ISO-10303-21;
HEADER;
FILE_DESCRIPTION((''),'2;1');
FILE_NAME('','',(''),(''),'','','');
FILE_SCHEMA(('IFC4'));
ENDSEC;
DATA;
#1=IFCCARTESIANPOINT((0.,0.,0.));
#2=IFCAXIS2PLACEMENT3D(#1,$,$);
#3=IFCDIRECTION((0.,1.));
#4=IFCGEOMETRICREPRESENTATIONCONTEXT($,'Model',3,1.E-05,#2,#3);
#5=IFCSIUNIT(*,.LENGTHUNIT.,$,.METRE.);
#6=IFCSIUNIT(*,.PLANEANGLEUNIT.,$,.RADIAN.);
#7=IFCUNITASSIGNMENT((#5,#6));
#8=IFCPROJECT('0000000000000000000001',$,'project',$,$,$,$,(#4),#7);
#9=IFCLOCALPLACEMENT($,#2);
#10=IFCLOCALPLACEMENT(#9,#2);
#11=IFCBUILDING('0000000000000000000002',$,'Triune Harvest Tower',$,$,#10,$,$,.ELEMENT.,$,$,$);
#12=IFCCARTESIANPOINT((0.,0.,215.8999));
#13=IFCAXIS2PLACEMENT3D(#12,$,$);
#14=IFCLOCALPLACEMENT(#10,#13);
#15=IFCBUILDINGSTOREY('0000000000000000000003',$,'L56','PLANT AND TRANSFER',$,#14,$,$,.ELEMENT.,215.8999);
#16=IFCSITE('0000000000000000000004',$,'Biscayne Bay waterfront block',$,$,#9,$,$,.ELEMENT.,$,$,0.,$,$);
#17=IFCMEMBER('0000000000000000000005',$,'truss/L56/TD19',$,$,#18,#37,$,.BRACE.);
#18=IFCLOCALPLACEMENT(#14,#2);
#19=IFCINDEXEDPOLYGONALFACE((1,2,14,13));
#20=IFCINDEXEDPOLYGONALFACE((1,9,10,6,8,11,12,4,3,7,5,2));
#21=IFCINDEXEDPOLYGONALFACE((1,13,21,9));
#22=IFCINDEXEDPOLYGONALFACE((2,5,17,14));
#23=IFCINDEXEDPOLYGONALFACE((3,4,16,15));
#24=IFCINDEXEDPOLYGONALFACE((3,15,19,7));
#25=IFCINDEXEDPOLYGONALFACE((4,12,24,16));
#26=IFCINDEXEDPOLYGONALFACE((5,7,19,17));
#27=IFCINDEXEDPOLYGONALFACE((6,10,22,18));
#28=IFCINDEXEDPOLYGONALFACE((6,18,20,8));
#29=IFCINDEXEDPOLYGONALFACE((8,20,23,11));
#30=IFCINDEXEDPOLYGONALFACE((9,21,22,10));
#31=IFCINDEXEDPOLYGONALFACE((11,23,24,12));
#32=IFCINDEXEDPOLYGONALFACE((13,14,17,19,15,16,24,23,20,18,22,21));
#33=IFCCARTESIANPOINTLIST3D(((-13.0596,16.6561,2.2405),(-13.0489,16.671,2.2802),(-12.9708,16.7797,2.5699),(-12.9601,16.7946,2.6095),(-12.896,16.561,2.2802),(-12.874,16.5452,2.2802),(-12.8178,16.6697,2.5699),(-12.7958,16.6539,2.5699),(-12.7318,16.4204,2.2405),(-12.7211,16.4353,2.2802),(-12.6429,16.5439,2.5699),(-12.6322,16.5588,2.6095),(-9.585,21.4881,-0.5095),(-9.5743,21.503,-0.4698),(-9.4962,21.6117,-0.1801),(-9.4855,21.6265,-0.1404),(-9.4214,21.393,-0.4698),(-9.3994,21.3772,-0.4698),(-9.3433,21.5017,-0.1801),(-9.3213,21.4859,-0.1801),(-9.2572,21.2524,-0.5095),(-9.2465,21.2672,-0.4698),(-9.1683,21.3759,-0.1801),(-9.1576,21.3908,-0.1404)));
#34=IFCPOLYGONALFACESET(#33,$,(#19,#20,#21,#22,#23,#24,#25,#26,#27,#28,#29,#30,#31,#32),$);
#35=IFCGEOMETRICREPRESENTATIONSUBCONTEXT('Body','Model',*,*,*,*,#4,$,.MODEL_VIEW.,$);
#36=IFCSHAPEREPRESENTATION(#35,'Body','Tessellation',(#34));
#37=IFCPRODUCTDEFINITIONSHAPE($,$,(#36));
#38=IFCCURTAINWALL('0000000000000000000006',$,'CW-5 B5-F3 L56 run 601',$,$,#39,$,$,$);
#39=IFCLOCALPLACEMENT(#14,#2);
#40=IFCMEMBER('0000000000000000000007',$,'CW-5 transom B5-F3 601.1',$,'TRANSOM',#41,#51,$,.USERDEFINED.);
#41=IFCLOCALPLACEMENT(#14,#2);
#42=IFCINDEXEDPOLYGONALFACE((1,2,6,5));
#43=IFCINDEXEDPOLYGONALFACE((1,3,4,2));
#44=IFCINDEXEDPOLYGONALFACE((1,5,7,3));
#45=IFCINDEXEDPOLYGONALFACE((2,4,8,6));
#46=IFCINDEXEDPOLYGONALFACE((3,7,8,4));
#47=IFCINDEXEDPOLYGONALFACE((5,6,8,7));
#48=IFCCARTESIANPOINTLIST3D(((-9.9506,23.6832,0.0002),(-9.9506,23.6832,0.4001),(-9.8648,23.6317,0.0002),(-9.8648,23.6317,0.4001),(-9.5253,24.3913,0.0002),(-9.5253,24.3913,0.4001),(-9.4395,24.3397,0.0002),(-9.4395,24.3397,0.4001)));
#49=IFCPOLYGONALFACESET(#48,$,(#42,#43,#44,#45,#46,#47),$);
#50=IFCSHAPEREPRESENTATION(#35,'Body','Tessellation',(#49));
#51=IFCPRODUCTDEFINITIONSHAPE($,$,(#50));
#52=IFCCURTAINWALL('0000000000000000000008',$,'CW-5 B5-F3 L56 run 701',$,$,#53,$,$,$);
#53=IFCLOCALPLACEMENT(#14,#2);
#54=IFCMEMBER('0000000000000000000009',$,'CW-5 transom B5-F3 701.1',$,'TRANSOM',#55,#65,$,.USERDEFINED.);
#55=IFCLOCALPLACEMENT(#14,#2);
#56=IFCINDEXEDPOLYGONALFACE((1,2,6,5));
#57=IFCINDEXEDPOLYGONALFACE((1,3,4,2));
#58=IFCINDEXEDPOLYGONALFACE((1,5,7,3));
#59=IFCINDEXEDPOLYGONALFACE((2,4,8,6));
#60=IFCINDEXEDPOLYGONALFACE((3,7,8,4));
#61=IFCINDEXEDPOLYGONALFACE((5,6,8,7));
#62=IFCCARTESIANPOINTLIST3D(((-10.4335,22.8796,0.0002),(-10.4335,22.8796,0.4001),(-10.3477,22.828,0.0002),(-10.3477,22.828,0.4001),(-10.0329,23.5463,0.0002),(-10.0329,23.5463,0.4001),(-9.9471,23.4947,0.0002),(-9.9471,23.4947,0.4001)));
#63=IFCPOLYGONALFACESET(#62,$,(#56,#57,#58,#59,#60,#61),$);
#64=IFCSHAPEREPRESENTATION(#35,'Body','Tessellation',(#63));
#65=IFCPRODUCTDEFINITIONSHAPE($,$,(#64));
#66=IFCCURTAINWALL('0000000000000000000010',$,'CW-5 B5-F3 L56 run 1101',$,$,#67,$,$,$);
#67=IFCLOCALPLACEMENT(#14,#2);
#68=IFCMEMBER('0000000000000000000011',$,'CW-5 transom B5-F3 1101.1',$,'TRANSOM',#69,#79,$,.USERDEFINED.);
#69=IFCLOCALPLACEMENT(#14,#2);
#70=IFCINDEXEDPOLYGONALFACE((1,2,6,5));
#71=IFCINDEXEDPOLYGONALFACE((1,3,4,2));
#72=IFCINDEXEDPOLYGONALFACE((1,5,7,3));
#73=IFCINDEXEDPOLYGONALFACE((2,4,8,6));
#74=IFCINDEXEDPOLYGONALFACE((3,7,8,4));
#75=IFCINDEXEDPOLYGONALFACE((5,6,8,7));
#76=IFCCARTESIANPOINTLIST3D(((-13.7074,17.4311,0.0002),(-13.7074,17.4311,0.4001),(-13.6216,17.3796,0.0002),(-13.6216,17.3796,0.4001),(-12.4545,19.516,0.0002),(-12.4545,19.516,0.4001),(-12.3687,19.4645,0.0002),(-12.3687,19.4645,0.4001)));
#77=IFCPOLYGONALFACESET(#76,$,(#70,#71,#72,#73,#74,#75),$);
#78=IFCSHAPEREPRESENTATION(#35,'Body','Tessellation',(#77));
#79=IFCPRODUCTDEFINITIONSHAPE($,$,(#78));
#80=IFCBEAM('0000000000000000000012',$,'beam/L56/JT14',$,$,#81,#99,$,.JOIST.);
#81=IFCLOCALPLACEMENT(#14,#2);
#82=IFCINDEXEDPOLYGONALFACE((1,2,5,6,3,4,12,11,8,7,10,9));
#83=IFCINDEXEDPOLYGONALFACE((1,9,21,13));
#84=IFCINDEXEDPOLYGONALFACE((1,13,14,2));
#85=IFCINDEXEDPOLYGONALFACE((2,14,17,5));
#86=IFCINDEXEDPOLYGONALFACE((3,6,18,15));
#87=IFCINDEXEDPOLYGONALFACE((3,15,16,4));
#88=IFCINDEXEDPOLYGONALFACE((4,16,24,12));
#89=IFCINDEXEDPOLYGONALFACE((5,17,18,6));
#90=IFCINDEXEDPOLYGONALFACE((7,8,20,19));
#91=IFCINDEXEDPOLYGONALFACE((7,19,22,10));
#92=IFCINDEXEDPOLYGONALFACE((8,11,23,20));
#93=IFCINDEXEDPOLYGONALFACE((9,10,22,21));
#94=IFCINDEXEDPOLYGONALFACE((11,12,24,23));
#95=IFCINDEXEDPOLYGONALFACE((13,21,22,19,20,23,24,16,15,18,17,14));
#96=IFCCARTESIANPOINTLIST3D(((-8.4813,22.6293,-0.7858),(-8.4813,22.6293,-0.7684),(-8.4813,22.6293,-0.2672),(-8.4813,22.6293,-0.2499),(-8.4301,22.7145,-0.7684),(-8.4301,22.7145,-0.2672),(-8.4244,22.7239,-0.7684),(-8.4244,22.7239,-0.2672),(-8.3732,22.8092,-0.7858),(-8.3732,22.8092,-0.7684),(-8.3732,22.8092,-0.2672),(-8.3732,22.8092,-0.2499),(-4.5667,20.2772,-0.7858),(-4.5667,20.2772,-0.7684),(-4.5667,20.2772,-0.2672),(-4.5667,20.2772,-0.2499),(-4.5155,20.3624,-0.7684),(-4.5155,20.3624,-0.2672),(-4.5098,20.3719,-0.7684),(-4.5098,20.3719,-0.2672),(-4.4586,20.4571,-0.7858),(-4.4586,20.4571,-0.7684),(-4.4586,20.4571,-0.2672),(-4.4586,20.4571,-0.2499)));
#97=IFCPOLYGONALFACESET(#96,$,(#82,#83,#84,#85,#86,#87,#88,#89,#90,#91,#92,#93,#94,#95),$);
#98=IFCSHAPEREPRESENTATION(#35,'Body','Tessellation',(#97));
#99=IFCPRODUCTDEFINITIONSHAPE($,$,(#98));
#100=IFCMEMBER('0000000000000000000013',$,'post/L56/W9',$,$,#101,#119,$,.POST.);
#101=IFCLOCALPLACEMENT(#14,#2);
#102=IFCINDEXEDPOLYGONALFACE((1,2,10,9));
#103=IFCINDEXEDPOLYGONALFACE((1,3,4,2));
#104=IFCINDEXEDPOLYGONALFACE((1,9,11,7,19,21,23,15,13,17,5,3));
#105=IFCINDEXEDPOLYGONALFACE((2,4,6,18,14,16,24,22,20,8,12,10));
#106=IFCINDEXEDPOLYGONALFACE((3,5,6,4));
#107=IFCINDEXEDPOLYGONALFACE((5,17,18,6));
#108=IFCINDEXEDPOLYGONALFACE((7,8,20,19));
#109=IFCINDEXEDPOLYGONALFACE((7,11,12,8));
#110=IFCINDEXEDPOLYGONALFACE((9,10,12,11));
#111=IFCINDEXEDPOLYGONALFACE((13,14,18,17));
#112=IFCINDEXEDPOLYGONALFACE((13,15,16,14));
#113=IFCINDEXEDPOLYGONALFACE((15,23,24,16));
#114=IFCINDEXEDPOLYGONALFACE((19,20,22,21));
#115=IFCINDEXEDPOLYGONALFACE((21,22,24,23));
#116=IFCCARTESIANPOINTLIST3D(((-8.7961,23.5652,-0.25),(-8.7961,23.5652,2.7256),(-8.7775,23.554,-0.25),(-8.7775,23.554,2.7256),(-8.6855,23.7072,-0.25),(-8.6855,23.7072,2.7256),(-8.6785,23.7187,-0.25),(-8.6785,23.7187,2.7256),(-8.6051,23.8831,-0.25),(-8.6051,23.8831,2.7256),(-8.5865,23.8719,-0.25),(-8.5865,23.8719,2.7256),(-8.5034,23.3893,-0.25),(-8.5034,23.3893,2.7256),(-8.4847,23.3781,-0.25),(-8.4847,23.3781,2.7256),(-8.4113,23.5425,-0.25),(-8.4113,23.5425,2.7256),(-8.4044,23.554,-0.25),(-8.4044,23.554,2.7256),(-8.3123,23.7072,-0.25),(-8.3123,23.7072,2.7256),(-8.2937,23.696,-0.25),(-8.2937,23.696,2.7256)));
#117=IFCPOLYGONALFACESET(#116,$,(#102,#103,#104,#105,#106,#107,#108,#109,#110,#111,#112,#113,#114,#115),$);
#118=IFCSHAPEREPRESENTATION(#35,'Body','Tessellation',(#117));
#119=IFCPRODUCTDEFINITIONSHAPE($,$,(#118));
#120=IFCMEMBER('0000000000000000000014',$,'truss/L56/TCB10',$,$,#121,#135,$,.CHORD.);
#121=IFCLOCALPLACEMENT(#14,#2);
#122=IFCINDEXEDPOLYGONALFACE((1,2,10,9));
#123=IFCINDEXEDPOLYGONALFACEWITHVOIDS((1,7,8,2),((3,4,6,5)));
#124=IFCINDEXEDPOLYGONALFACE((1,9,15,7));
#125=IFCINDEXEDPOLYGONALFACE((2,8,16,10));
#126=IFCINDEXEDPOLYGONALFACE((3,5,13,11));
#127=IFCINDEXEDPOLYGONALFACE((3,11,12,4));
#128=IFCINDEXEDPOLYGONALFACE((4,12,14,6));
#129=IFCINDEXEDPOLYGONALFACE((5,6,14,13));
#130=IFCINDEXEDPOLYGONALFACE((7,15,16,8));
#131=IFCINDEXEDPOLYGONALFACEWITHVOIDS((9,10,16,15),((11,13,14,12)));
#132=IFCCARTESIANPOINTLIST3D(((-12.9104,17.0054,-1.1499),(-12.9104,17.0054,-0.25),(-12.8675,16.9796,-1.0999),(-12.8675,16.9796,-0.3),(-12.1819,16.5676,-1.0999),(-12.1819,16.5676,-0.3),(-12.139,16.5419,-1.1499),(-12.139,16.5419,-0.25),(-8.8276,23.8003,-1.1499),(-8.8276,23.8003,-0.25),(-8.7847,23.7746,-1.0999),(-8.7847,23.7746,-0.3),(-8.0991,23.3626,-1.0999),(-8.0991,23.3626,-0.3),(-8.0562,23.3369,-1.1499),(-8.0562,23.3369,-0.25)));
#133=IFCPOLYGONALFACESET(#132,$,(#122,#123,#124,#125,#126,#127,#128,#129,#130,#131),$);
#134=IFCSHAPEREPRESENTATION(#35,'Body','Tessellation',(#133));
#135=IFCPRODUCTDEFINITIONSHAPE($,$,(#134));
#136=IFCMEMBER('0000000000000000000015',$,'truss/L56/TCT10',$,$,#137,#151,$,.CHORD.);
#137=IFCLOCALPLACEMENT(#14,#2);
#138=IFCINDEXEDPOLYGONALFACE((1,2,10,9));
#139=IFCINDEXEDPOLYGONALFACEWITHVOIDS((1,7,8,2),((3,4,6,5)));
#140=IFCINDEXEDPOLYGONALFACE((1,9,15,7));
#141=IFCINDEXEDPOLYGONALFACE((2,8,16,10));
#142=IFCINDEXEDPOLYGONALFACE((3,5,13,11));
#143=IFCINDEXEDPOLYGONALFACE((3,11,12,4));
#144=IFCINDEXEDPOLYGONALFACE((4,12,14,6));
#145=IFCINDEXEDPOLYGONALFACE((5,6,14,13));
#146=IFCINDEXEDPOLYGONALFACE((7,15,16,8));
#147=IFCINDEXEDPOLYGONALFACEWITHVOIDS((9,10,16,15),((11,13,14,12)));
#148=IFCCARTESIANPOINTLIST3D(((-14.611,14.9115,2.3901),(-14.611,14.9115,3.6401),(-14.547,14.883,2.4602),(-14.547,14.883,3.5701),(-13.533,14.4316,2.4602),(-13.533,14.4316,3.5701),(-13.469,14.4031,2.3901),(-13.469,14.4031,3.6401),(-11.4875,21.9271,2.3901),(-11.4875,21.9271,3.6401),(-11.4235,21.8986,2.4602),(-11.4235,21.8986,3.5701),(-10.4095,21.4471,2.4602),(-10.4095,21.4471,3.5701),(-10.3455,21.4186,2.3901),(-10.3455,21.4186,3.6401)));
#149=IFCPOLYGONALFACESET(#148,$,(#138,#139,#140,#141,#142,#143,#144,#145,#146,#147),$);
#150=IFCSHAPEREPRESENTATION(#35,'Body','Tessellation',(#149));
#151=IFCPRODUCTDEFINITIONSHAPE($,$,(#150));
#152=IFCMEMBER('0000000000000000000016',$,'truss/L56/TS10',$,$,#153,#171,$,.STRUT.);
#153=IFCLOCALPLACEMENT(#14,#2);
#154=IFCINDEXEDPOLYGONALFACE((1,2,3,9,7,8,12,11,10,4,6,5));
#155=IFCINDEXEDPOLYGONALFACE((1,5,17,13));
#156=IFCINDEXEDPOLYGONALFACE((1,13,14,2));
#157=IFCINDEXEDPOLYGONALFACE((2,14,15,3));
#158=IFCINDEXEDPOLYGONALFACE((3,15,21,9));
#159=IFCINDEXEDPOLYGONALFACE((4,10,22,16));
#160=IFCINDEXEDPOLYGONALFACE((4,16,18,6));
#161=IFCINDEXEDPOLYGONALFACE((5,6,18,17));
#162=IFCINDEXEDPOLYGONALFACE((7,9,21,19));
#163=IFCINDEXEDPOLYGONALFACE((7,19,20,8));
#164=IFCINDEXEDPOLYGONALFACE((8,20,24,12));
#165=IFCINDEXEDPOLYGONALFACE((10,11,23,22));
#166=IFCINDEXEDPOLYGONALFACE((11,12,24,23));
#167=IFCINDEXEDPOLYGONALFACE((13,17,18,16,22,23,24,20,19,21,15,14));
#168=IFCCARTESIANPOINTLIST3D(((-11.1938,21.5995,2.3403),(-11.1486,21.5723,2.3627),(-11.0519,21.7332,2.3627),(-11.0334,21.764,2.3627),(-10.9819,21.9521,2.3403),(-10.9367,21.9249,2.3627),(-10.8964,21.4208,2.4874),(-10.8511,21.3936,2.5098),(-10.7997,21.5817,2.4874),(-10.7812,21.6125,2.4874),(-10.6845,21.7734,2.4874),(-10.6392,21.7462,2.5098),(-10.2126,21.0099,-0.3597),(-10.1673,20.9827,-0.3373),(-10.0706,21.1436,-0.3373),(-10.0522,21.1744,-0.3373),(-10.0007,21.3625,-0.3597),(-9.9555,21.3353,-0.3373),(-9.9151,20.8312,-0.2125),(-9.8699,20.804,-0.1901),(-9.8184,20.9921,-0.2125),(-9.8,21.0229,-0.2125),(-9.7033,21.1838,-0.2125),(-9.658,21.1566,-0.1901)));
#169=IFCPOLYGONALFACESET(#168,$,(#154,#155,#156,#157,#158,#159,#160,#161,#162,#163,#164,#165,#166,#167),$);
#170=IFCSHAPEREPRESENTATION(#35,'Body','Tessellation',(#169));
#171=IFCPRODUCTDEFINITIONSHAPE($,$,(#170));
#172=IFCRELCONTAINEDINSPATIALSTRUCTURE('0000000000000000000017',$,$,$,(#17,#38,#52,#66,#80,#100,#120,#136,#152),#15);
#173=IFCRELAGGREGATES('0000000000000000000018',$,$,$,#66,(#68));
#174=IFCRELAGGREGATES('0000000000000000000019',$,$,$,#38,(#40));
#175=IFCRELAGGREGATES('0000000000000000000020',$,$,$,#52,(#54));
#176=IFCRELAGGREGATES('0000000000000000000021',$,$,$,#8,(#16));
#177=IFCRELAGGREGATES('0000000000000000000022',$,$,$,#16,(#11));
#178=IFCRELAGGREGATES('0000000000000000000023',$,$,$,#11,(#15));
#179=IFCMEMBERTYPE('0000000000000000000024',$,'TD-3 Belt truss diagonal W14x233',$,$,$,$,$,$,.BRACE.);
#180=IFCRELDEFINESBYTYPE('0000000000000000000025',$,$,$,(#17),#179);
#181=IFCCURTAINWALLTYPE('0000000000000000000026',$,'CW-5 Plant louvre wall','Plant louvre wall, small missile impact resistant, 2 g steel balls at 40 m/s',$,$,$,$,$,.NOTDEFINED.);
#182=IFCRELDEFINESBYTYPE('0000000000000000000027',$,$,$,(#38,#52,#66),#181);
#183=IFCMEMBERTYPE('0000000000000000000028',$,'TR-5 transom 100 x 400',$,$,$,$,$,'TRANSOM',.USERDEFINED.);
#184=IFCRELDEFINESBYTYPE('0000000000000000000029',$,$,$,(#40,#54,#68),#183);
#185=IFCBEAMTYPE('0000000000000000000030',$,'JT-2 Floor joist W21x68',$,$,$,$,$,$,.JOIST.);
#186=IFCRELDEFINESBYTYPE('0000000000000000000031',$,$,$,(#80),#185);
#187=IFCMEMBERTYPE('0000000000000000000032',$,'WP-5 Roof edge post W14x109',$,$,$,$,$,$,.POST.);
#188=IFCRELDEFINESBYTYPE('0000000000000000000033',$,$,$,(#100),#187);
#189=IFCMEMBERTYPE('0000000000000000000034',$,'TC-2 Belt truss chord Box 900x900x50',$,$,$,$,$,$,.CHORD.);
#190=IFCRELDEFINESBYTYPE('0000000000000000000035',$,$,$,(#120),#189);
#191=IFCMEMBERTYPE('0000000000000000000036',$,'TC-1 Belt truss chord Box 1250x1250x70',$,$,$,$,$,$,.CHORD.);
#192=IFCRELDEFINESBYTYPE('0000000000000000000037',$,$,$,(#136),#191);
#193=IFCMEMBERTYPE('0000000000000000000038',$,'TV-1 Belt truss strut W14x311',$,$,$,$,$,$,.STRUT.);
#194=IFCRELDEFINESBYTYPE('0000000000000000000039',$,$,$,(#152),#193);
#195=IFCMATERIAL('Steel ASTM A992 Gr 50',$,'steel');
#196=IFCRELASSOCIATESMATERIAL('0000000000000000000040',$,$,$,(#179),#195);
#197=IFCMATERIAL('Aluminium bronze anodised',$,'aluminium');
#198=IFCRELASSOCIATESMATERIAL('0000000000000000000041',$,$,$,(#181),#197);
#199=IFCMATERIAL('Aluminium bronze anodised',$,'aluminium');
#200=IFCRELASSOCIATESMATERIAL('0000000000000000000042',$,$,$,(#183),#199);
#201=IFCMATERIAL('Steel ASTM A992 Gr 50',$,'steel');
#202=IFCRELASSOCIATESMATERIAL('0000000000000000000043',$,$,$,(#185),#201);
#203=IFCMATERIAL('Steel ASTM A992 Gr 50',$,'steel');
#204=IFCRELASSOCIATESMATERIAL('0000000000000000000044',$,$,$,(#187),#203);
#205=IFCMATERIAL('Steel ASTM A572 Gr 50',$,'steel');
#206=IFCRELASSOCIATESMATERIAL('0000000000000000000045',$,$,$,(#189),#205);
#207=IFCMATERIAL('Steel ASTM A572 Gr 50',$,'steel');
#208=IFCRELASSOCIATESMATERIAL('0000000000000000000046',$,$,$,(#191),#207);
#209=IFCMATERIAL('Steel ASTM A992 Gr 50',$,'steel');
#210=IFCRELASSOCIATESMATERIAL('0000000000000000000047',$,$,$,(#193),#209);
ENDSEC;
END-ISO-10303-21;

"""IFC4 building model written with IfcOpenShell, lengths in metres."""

from ifc_helpers import new_model, si_unit, direction, frame, origin, origin_2d, place, context, subcontext, project, spatial, rectangle, hollow_rectangle, i_section, extrude, source, transform, mapped, material, material_profile, profile_set, type_object, element, aggregate, save


model = new_model("IFC4")

# Units and contexts
model_context = context("Model", 3, precision=1e-05, world=origin(), true_north=direction((0.0, 1.0)))
body_context = subcontext(model_context, "Body", "Model", "MODEL_VIEW")
ifc_project = project(units=[si_unit("LENGTHUNIT", "METRE"), si_unit("PLANEANGLEUNIT", "RADIAN")], contexts=[model_context])

# Site, building, storey
site_placement = place(None, origin())
site = spatial("IfcSite", under=ifc_project, at=site_placement, Name="Biscayne Bay waterfront block", CompositionType="ELEMENT", RefElevation=0.0)
building_placement = place(site_placement, origin())
building = spatial("IfcBuilding", under=site, at=building_placement, Name="Triune Harvest Tower", CompositionType="ELEMENT")
storey_placement = place(building_placement, frame((0.0, 0.0, 215.8999)))
storey = spatial("IfcBuildingStorey", under=building, at=storey_placement, Name="L56", Description="PLANT AND TRANSFER", CompositionType="ELEMENT", Elevation=215.8999)

# Member
ifc_material_1 = material(Name="Steel ASTM A992 Gr 50", Category="steel")
ifc_material_profile_1 = material_profile(ifc_material_1, i_section(OverallWidth=0.4038, OverallDepth=0.4065, WebThickness=0.0271, FlangeThickness=0.0437, at=origin_2d()), Name="W14x233")
ifc_profile_set_1 = profile_set([ifc_material_profile_1], Name="Steel ASTM A992 Gr 50")
member_type_1 = type_object("IfcMemberType", Name="TD-3 Belt truss diagonal W14x233", PredefinedType="BRACE", material=ifc_profile_set_1)
member_1_placement = place(storey_placement, frame((-9.3713, 21.4395, -0.325), z_axis=(-0.529972, -0.737016, 0.419449), x_axis=(0.811889, -0.583812, 0.0)))
element("IfcMember", 1, at=member_1_placement, inside=storey, type_object=member_type_1, Name="truss/L56/TD19", PredefinedType="BRACE", context=body_context, shape_type="SweptSolid", body=[
    extrude(i_section(OverallWidth=0.4038, OverallDepth=0.4065, WebThickness=0.0271, FlangeThickness=0.0437, at=origin_2d()), origin(), (0.0, 0.0, 1.0), 6.5562),
])

# Curtain walls, members
ifc_material_2 = material(Name="Aluminium bronze anodised", Category="aluminium")
curtain_wall_type = type_object("IfcCurtainWallType", Name="CW-5 Plant louvre wall", Description="Plant louvre wall, small missile impact resistant, 2 g steel balls at 40 m/s", PredefinedType="NOTDEFINED", material=ifc_material_2)
curtain_wall_1_placement = place(storey_placement, origin())
curtain_wall_1 = element("IfcCurtainWall", 2, at=curtain_wall_1_placement, inside=storey, type_object=curtain_wall_type, Name="CW-5 B5-F3 L56 run 601")
ifc_material_3 = material(Name="Aluminium bronze anodised", Category="aluminium")
ifc_material_profile_2 = material_profile(ifc_material_3, rectangle(XDim=0.1001, YDim=0.3999, at=origin_2d()), Name="TR-5 transom 100 x 400")
ifc_profile_set_2 = profile_set([ifc_material_profile_2], Name="Aluminium bronze anodised")
member_type_2 = type_object("IfcMemberType", Name="TR-5 transom 100 x 400", ElementType="TRANSOM", PredefinedType="USERDEFINED", material=ifc_profile_set_2)
member_2_placement = place(storey_placement, frame((-9.4824, 24.3655, 0.2002), z_axis=(-0.51493, -0.857232, 0.0), x_axis=(0.857232, -0.51493, 0.0)))
member_2 = element("IfcMember", 3, at=member_2_placement, type_object=member_type_2, Name="CW-5 transom B5-F3 601.1", ObjectType="TRANSOM", PredefinedType="USERDEFINED", context=body_context, shape_type="SweptSolid", body=[
    extrude(rectangle(XDim=0.1001, YDim=0.3999, at=origin_2d()), origin(), (0.0, 0.0, 1.0), 0.8259),
])
curtain_wall_2_placement = place(storey_placement, origin())
curtain_wall_2 = element("IfcCurtainWall", 4, at=curtain_wall_2_placement, inside=storey, type_object=curtain_wall_type, Name="CW-5 B5-F3 L56 run 701")
member_3_placement = place(storey_placement, frame((-9.99, 23.5205, 0.2002), z_axis=(-0.51505, -0.85716, 0.0), x_axis=(0.85716, -0.51505, 0.0)))
member_3 = element("IfcMember", 5, at=member_3_placement, type_object=member_type_2, Name="CW-5 transom B5-F3 701.1", ObjectType="TRANSOM", PredefinedType="USERDEFINED", context=body_context, shape_type="SweptSolid", body=[
    extrude(rectangle(XDim=0.1001, YDim=0.3999, at=origin_2d()), origin(), (0.0, 0.0, 1.0), 0.7778),
])
curtain_wall_3_placement = place(storey_placement, origin())
curtain_wall_3 = element("IfcCurtainWall", 6, at=curtain_wall_3_placement, inside=storey, type_object=curtain_wall_type, Name="CW-5 B5-F3 L56 run 1101")
member_4_placement = place(storey_placement, frame((-12.4116, 19.4902, 0.2002), z_axis=(-0.515086, -0.857138, 0.0), x_axis=(0.857138, -0.515086, 0.0)))
member_4 = element("IfcMember", 7, at=member_4_placement, type_object=member_type_2, Name="CW-5 transom B5-F3 1101.1", ObjectType="TRANSOM", PredefinedType="USERDEFINED", context=body_context, shape_type="SweptSolid", body=[
    extrude(rectangle(XDim=0.1001, YDim=0.3999, at=origin_2d()), origin(), (0.0, 0.0, 1.0), 2.4324),
])

# Beam
ifc_material_4 = material(Name="Steel ASTM A992 Gr 50", Category="steel")
ifc_material_profile_3 = material_profile(ifc_material_4, i_section(OverallWidth=0.21, OverallDepth=0.5359, WebThickness=0.011, FlangeThickness=0.0173, at=origin_2d()), Name="W21x68")
ifc_profile_set_3 = profile_set([ifc_material_profile_3], Name="Steel ASTM A992 Gr 50")
beam_type = type_object("IfcBeamType", Name="JT-2 Floor joist W21x68", PredefinedType="JOIST", material=ifc_profile_set_3)
shared_shape_1 = source(origin(), body_context, "Body", "SweptSolid", [
    extrude(i_section(OverallWidth=0.21, OverallDepth=0.5359, WebThickness=0.011, FlangeThickness=0.0173, at=origin_2d()), origin(), (0.0, 0.0, 1.0), 4.5669),
])
beam_placement = place(storey_placement, frame((-8.4272, 22.7192, -0.5178), z_axis=(0.857172, -0.51503, 0.0), x_axis=(0.51503, 0.857172, 0.0)))
element("IfcBeam", 8, at=beam_placement, inside=storey, type_object=beam_type, Name="beam/L56/JT14", PredefinedType="JOIST", context=body_context, shape_type="MappedRepresentation", body=[
    mapped(shared_shape_1, transform((0.0, 0.0, 0.0), scale=1.0)),
])

# Members
ifc_material_5 = material(Name="Steel ASTM A992 Gr 50", Category="steel")
ifc_material_profile_4 = material_profile(ifc_material_5, i_section(OverallWidth=0.3708, OverallDepth=0.3633, WebThickness=0.0134, FlangeThickness=0.0217, at=origin_2d()), Name="W14x109")
ifc_profile_set_4 = profile_set([ifc_material_profile_4], Name="Steel ASTM A992 Gr 50")
member_type_3 = type_object("IfcMemberType", Name="WP-5 Roof edge post W14x109", PredefinedType="POST", material=ifc_profile_set_4)
shared_shape_2 = source(origin(), body_context, "Body", "SweptSolid", [
    extrude(i_section(OverallWidth=0.3708, OverallDepth=0.3633, WebThickness=0.0134, FlangeThickness=0.0217, at=origin_2d()), origin(), (0.0, 0.0, 1.0), 2.9756),
])
member_5_placement = place(storey_placement, frame((-8.5449, 23.6306, -0.25), z_axis=(0.0, 0.0, 1.0), x_axis=(-0.515037, -0.857168, 0.0)))
element("IfcMember", 9, at=member_5_placement, inside=storey, type_object=member_type_3, Name="post/L56/W9", PredefinedType="POST", context=body_context, shape_type="MappedRepresentation", body=[
    mapped(shared_shape_2, transform((0.0, 0.0, 0.0), scale=1.0)),
])
ifc_material_6 = material(Name="Steel ASTM A572 Gr 50", Category="steel")
ifc_material_profile_5 = material_profile(ifc_material_6, hollow_rectangle(XDim=0.8999, YDim=0.8999, WallThickness=0.05, at=origin_2d()), Name="Box 900x900x50")
ifc_profile_set_5 = profile_set([ifc_material_profile_5], Name="Steel ASTM A572 Gr 50")
member_type_4 = type_object("IfcMemberType", Name="TC-2 Belt truss chord Box 900x900x50", PredefinedType="CHORD", material=ifc_profile_set_5)
shared_shape_3 = source(origin(), body_context, "Body", "SweptSolid", [
    extrude(hollow_rectangle(XDim=0.8999, YDim=0.8999, WallThickness=0.05, at=origin_2d()), origin(), (0.0, 0.0, 1.0), 7.9272),
])
member_6_placement = place(storey_placement, frame((-8.4419, 23.5686, -0.7), z_axis=(-0.515035, -0.857169, 0.0), x_axis=(0.857169, -0.515035, 0.0)))
element("IfcMember", 10, at=member_6_placement, inside=storey, type_object=member_type_4, Name="truss/L56/TCB10", PredefinedType="CHORD", context=body_context, shape_type="MappedRepresentation", body=[
    mapped(shared_shape_3, transform((0.0, 0.0, 0.0), scale=1.0)),
])
ifc_material_7 = material(Name="Steel ASTM A572 Gr 50", Category="steel")
ifc_material_profile_6 = material_profile(ifc_material_7, hollow_rectangle(XDim=1.25, YDim=1.25, WallThickness=0.0701, at=origin_2d()), Name="Box 1250x1250x70")
ifc_profile_set_6 = profile_set([ifc_material_profile_6], Name="Steel ASTM A572 Gr 50")
member_type_5 = type_object("IfcMemberType", Name="TC-1 Belt truss chord Box 1250x1250x70", PredefinedType="CHORD", material=ifc_profile_set_6)
shared_shape_4 = source(origin(), body_context, "Body", "SweptSolid", [
    extrude(hollow_rectangle(XDim=1.25, YDim=1.25, WallThickness=0.0701, at=origin_2d()), origin(), (0.0, 0.0, 1.0), 7.6794),
])
member_7_placement = place(storey_placement, frame((-10.9165, 21.6729, 3.0151), z_axis=(-0.406734, -0.913547, 0.0), x_axis=(0.913547, -0.406734, 0.0)))
element("IfcMember", 11, at=member_7_placement, inside=storey, type_object=member_type_5, Name="truss/L56/TCT10", PredefinedType="CHORD", context=body_context, shape_type="MappedRepresentation", body=[
    mapped(shared_shape_4, transform((0.0, 0.0, 0.0), scale=1.0)),
])
ifc_material_8 = material(Name="Steel ASTM A992 Gr 50", Category="steel")
ifc_material_profile_7 = material_profile(ifc_material_8, i_section(OverallWidth=0.4114, OverallDepth=0.4343, WebThickness=0.0359, FlangeThickness=0.0574, at=origin_2d()), Name="W14x311")
ifc_profile_set_7 = profile_set([ifc_material_profile_7], Name="Steel ASTM A992 Gr 50")
member_type_6 = type_object("IfcMemberType", Name="TV-1 Belt truss strut W14x311", PredefinedType="STRUT", material=ifc_profile_set_7)
shared_shape_5 = source(origin(), body_context, "Body", "SweptSolid", [
    extrude(i_section(OverallWidth=0.4114, OverallDepth=0.4343, WebThickness=0.0359, FlangeThickness=0.0574, at=origin_2d()), origin(), (0.0, 0.0, 1.0), 2.9326),
])
member_8_placement = place(storey_placement, frame((-9.9353, 21.0833, -0.2749), z_axis=(-0.334584, 0.20105, 0.920669), x_axis=(-0.51506, -0.857154, 0.0)))
element("IfcMember", 12, at=member_8_placement, inside=storey, type_object=member_type_6, Name="truss/L56/TS10", PredefinedType="STRUT", context=body_context, shape_type="MappedRepresentation", body=[
    mapped(shared_shape_5, transform((0.0, 0.0, 0.0), scale=1.0)),
])

aggregate(curtain_wall_3, [member_4])

aggregate(curtain_wall_1, [member_2])
aggregate(curtain_wall_2, [member_3])

save(model, "model.ifc")
